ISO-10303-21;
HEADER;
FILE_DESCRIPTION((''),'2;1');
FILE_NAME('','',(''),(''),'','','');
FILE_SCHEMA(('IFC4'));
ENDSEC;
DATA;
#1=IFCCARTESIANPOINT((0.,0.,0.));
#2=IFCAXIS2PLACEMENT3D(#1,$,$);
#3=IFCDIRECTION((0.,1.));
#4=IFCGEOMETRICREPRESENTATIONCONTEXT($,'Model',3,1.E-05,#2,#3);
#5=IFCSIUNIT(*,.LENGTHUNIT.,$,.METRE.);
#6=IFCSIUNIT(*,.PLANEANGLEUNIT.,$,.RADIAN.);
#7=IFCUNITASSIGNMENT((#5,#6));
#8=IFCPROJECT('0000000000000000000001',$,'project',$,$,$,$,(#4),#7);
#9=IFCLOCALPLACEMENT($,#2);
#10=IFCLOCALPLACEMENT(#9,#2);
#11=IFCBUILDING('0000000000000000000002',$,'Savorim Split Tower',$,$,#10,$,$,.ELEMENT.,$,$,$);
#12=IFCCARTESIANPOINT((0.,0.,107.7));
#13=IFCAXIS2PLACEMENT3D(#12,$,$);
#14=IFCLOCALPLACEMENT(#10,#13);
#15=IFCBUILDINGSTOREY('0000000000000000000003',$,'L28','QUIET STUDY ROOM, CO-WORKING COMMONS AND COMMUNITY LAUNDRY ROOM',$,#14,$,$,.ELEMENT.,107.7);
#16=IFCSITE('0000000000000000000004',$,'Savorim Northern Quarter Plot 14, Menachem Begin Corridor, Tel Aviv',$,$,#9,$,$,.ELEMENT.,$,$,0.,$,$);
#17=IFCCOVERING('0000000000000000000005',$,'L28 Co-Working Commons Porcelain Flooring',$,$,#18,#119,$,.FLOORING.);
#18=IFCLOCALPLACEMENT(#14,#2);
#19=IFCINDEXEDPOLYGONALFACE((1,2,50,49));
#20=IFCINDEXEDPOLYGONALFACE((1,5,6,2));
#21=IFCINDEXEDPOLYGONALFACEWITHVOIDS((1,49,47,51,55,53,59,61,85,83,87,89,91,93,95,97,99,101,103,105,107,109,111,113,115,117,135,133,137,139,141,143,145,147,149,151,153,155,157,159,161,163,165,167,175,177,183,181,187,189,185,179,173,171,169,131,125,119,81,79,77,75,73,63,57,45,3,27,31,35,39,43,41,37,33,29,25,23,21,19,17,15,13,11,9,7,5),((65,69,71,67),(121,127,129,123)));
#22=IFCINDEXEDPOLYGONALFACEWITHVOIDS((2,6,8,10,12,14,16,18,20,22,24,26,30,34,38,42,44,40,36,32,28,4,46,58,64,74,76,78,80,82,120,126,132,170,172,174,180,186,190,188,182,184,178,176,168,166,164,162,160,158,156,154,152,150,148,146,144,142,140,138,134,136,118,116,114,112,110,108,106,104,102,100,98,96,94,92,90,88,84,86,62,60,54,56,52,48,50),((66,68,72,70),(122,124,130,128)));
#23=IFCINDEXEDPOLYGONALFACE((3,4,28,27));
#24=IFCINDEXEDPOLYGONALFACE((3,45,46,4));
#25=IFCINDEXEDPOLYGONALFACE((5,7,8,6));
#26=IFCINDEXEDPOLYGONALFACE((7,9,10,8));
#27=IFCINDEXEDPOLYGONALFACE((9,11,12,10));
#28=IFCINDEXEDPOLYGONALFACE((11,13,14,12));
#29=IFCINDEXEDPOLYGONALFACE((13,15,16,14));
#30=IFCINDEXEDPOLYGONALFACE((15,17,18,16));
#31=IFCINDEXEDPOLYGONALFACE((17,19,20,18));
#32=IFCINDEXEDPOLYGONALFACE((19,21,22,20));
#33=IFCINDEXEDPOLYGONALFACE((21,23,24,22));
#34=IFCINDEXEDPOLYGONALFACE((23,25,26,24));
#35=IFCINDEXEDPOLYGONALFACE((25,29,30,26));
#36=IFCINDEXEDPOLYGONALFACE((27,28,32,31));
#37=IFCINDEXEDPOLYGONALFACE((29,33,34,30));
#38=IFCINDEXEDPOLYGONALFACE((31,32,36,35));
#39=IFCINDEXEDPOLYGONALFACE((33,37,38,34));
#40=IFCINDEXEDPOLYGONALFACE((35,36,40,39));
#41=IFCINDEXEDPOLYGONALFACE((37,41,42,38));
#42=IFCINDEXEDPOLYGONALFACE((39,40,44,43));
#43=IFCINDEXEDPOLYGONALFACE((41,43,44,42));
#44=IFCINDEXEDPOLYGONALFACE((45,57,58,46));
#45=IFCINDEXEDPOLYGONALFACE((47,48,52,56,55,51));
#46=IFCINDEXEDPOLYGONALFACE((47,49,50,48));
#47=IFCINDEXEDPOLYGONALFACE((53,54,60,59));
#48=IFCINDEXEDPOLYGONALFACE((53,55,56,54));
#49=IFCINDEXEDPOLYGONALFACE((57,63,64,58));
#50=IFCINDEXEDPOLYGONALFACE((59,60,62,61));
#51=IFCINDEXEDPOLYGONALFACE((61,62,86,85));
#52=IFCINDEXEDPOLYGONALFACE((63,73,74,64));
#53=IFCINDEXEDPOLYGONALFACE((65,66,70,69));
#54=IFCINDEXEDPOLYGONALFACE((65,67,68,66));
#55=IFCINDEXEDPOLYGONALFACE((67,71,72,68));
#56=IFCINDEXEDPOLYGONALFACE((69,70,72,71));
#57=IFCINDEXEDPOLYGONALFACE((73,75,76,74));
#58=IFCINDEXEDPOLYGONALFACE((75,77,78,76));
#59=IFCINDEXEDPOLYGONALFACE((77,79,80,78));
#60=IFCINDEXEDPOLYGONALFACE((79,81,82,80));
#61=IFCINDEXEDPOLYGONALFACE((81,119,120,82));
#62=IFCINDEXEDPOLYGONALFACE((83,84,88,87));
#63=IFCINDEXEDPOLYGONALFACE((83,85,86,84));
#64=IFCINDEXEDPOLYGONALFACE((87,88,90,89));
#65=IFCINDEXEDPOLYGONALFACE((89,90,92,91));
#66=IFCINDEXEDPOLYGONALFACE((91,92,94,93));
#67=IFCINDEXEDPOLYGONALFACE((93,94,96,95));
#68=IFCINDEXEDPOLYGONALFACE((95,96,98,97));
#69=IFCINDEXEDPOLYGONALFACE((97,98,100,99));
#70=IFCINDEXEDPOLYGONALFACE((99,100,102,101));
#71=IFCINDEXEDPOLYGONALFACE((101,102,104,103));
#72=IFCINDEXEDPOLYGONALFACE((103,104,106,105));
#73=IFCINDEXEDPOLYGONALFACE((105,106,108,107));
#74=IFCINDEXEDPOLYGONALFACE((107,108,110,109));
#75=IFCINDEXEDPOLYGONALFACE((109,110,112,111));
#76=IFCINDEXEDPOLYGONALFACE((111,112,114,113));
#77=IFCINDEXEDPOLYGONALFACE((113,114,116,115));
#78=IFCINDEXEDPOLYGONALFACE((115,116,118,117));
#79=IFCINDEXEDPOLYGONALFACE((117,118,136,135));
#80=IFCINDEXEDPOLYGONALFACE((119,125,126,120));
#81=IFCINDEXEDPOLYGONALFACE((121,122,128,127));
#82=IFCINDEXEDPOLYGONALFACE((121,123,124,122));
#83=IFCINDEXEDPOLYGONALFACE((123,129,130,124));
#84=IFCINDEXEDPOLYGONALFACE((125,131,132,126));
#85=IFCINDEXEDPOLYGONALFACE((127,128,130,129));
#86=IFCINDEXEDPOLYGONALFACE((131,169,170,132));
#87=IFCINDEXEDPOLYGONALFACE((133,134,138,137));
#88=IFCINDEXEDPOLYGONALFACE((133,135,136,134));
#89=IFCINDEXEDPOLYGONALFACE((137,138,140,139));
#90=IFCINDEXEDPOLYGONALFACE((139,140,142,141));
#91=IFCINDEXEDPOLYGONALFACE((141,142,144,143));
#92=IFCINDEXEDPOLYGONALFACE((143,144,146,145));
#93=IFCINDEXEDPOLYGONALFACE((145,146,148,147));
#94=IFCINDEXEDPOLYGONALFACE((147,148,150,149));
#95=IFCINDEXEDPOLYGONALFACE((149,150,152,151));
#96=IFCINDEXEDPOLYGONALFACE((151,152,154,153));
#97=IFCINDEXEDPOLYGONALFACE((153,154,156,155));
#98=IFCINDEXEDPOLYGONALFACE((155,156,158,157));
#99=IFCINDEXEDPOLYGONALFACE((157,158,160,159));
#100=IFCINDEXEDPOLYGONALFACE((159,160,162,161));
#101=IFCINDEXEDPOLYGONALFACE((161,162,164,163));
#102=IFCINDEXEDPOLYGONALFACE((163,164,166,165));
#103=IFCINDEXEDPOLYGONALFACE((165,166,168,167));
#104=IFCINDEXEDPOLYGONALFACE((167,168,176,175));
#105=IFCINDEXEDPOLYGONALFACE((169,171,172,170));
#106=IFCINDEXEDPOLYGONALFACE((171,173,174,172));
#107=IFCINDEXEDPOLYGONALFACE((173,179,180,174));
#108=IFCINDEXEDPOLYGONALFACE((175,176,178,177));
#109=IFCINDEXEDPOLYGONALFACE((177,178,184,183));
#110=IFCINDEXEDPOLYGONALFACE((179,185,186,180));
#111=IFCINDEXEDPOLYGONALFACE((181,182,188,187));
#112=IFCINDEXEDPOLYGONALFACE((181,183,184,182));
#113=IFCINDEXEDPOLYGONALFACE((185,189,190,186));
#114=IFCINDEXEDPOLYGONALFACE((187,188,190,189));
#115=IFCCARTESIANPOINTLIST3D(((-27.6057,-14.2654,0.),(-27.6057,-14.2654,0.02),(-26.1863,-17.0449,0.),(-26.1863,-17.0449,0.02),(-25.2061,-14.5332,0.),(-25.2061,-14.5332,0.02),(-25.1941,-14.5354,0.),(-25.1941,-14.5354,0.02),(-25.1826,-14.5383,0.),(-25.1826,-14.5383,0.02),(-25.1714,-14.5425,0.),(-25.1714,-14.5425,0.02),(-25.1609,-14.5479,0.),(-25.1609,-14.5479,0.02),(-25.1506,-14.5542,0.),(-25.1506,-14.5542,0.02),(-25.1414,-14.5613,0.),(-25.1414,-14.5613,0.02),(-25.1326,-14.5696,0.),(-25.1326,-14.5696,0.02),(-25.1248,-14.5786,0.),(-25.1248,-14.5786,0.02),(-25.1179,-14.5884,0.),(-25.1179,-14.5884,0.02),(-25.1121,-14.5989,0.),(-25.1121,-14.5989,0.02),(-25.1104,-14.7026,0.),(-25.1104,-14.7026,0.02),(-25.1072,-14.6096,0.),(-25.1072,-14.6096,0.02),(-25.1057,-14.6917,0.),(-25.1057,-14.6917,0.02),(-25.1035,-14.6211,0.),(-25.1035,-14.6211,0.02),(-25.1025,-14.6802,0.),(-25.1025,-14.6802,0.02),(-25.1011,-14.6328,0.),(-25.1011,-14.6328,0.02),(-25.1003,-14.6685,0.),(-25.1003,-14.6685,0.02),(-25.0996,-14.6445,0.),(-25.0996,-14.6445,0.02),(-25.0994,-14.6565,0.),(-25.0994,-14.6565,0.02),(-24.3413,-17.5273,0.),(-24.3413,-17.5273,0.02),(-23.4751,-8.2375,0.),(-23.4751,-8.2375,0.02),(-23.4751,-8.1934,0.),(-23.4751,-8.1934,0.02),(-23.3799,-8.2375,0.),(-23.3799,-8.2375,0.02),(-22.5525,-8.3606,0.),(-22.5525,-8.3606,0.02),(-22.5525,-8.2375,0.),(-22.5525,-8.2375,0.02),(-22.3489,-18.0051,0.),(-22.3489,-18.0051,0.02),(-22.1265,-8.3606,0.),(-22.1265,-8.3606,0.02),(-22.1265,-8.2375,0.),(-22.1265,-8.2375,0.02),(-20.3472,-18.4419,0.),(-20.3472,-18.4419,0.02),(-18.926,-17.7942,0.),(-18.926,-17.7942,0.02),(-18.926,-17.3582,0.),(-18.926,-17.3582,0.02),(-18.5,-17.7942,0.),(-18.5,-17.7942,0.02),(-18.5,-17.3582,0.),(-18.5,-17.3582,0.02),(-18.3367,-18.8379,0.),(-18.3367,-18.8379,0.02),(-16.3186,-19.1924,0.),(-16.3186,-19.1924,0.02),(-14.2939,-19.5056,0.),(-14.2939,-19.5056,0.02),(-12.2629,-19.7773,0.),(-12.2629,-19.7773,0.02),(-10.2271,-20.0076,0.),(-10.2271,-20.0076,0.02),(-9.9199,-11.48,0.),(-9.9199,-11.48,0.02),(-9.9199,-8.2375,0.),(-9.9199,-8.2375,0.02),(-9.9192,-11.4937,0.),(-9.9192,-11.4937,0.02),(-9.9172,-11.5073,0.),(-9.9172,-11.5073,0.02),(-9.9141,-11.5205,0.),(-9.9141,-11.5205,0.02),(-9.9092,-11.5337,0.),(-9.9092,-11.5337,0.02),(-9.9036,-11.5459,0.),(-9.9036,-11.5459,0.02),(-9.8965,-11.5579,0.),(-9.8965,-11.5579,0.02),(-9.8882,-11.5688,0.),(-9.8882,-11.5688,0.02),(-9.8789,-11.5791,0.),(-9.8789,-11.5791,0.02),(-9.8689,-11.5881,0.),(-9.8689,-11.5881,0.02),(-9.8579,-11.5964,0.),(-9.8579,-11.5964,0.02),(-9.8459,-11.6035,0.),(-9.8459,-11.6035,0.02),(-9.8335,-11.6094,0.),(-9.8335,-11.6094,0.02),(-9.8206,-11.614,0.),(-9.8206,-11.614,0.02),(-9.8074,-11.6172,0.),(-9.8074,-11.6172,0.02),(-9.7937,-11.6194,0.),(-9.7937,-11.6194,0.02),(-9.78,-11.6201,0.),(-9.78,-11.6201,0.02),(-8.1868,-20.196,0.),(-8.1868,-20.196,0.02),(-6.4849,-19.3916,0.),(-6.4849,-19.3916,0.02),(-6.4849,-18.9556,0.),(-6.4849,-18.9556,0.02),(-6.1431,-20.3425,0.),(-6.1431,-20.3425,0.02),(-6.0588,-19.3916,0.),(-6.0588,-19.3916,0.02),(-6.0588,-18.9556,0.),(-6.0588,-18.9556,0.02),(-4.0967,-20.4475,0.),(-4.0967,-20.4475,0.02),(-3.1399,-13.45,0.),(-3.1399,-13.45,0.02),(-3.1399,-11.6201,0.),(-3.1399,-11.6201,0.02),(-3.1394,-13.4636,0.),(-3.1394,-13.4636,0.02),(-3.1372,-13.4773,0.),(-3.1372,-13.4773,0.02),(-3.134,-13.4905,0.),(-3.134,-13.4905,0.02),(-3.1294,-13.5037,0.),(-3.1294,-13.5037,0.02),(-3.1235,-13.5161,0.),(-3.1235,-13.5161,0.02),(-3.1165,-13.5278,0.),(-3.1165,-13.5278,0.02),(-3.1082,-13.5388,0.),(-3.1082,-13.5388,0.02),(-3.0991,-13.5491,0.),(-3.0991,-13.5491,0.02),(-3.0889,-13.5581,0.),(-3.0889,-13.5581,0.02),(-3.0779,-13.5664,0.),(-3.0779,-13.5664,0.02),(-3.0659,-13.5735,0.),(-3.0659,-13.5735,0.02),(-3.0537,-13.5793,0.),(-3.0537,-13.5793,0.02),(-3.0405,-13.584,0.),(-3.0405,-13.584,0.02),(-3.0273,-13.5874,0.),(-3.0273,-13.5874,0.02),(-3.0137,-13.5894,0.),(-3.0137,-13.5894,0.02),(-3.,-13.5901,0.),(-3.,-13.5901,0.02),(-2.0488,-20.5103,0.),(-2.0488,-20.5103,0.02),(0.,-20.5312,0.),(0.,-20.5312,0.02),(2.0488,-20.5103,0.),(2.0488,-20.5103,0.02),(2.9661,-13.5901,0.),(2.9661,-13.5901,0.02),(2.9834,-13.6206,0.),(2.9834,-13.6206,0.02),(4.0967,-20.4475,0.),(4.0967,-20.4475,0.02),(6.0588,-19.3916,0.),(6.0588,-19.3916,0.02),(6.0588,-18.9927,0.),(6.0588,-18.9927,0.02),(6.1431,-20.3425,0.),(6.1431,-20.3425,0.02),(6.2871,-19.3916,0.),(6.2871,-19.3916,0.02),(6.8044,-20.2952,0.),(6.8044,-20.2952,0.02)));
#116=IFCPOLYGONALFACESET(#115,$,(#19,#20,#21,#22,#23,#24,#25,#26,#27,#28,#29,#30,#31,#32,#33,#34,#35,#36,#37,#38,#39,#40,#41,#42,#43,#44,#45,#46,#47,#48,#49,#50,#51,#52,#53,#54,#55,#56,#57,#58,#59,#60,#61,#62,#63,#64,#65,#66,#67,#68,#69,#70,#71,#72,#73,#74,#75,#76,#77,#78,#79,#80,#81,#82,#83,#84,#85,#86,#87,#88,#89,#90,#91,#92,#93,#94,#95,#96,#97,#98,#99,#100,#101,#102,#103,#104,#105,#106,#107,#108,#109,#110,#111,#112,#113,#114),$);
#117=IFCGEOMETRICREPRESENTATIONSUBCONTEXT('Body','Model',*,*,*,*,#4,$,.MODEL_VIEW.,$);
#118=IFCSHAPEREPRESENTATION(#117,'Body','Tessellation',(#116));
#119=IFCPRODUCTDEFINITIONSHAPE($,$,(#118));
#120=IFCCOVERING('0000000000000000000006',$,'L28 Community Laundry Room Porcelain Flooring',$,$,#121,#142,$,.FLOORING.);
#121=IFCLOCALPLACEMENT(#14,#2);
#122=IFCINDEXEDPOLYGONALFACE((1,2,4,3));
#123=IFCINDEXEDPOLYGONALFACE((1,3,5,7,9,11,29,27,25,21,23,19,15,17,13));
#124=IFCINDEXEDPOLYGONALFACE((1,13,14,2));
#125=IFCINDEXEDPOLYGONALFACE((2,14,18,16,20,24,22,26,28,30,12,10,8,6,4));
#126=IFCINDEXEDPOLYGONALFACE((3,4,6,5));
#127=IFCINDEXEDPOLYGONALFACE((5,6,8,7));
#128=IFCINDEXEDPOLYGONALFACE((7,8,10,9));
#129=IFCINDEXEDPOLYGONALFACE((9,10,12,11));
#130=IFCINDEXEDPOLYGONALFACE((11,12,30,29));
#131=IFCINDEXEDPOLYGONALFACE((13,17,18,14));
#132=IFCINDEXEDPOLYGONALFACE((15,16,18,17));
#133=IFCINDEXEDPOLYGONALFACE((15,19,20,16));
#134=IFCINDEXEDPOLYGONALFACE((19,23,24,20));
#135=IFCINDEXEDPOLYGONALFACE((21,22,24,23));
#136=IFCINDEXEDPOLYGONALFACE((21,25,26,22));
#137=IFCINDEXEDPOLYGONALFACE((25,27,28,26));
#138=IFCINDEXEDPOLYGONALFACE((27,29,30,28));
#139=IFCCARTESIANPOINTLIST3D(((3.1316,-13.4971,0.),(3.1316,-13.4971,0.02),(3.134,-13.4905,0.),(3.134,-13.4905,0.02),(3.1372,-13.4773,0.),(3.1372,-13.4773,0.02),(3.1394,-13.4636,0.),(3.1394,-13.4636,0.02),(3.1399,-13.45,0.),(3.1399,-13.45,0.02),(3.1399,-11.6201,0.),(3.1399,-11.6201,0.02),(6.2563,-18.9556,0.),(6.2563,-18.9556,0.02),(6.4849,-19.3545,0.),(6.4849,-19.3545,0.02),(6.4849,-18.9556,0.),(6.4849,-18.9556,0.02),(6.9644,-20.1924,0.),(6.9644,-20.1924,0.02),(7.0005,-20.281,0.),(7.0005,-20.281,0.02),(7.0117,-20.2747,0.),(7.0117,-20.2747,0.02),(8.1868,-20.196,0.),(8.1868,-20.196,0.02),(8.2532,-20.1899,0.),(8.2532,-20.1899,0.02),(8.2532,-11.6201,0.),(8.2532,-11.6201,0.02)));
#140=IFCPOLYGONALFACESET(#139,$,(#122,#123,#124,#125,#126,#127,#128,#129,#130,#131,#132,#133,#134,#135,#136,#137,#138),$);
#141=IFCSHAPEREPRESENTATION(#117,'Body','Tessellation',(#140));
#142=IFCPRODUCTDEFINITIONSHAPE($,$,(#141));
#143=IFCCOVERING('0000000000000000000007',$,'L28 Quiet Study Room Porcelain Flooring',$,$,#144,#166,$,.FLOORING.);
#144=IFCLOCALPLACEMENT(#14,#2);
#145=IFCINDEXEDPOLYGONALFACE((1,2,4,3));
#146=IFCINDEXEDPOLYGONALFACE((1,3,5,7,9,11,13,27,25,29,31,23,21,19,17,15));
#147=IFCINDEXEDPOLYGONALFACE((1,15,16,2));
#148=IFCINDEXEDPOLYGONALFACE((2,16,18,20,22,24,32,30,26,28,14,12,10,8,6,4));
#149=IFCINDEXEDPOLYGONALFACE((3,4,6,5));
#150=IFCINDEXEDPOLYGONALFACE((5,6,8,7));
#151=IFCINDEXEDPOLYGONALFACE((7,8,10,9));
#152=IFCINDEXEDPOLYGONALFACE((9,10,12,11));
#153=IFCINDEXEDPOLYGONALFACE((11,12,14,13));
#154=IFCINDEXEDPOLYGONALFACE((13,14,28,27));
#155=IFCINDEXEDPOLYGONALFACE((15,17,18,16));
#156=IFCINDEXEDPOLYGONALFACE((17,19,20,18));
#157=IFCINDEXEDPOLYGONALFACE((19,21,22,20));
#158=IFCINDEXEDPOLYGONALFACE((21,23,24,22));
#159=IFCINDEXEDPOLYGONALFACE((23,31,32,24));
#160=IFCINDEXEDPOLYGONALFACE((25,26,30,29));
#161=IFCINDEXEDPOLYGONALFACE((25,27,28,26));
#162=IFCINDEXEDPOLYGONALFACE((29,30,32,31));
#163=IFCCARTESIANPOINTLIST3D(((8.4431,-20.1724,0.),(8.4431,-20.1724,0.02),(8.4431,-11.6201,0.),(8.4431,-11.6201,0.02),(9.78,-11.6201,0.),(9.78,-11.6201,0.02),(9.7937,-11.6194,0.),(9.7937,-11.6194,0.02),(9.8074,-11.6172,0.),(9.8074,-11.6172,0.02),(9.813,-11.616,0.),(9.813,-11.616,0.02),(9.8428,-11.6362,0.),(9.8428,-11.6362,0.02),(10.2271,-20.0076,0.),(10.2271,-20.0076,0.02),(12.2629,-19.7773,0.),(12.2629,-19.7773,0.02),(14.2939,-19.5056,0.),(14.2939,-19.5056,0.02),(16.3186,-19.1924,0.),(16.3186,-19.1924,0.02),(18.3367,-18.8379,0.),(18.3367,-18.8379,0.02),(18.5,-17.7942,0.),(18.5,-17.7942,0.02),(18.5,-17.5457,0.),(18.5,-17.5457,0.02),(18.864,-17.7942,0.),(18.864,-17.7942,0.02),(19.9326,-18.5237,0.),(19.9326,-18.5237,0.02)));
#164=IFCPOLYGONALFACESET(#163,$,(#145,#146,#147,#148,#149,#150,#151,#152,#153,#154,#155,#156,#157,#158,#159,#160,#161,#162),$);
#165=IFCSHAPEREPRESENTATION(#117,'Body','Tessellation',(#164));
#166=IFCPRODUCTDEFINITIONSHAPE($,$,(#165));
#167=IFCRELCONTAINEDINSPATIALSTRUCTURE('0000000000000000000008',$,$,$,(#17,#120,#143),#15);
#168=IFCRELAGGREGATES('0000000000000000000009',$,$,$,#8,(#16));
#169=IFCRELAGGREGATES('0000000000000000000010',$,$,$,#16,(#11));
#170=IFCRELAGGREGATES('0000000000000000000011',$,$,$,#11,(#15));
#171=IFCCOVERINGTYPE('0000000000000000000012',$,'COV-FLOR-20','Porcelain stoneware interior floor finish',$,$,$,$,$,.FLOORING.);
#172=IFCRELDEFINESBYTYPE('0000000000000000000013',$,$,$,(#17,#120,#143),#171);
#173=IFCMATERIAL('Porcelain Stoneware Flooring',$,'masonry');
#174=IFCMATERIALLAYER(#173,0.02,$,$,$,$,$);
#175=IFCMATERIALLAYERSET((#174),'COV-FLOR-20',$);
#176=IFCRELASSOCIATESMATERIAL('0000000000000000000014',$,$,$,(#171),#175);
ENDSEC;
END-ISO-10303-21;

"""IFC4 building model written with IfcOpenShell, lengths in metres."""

from ifc_helpers import new_model, si_unit, direction, frame, origin, place, context, subcontext, project, spatial, polyline, outline, extrude, material, layer, layer_set, type_object, element, save


model = new_model("IFC4")

# Units and contexts
model_context = context("Model", 3, precision=1e-05, world=origin(), true_north=direction((0.0, 1.0)))
body_context = subcontext(model_context, "Body", "Model", "MODEL_VIEW")
ifc_project = project(units=[si_unit("LENGTHUNIT", "METRE"), si_unit("PLANEANGLEUNIT", "RADIAN")], contexts=[model_context])

# Site, building, storey
site_placement = place(None, origin())
site = spatial("IfcSite", under=ifc_project, at=site_placement, Name="Savorim Northern Quarter Plot 14, Menachem Begin Corridor, Tel Aviv", CompositionType="ELEMENT", RefElevation=0.0)
building_placement = place(site_placement, origin())
building = spatial("IfcBuilding", under=site, at=building_placement, Name="Savorim Split Tower", CompositionType="ELEMENT")
storey_placement = place(building_placement, frame((0.0, 0.0, 107.7)))
storey = spatial("IfcBuildingStorey", under=building, at=storey_placement, Name="L28", Description="QUIET STUDY ROOM, CO-WORKING COMMONS AND COMMUNITY LAUNDRY ROOM", CompositionType="ELEMENT", Elevation=107.7)

# Coverings
ifc_material_1 = material(Name="Porcelain Stoneware Flooring", Category="masonry")
ifc_layer_1 = layer(ifc_material_1, 0.02)
ifc_layer_set_1 = layer_set([ifc_layer_1], Name="COV-FLOR-20")
covering_type_1 = type_object("IfcCoveringType", Name="COV-FLOR-20", Description="Porcelain stoneware interior floor finish", PredefinedType="FLOORING", material=ifc_layer_set_1)
covering_1_placement = place(storey_placement, origin())
element("IfcCovering", 1, at=covering_1_placement, inside=storey, type_object=covering_type_1, Name="L28 Co-Working Commons Porcelain Flooring", PredefinedType="FLOORING", context=body_context, shape_type="SweptSolid", body=[
    extrude(outline(polyline([(-25.0996, -14.6445), (-25.0994, -14.6565), (-25.1003, -14.6685), (-25.1025, -14.6802), (-25.1057, -14.6917), (-25.1104, -14.7026), (-26.1863, -17.0449), (-24.3413, -17.5273), (-22.3489, -18.0051), (-20.3472, -18.4419), (-18.3367, -18.8379), (-16.3186, -19.1924), (-14.2939, -19.5056), (-12.2629, -19.7773), (-10.2271, -20.0076), (-8.1868, -20.196), (-6.1431, -20.3425), (-4.0967, -20.4475), (-2.0488, -20.5103), (0.0, -20.5312), (2.0488, -20.5103), (4.0967, -20.4475), (6.1431, -20.3425), (6.8044, -20.2952), (6.2871, -19.3916), (6.0588, -19.3916), (6.0588, -18.9927), (2.9834, -13.6206), (2.9661, -13.5901), (-3.0, -13.5901), (-3.0137, -13.5894), (-3.0273, -13.5874), (-3.0405, -13.584), (-3.0537, -13.5793), (-3.0659, -13.5735), (-3.0779, -13.5664), (-3.0889, -13.5581), (-3.0991, -13.5491), (-3.1082, -13.5388), (-3.1165, -13.5278), (-3.1235, -13.5161), (-3.1294, -13.5037), (-3.134, -13.4905), (-3.1372, -13.4773), (-3.1394, -13.4636), (-3.1399, -13.45), (-3.1399, -11.6201), (-9.78, -11.6201), (-9.7937, -11.6194), (-9.8074, -11.6172), (-9.8206, -11.614), (-9.8335, -11.6094), (-9.8459, -11.6035), (-9.8579, -11.5964), (-9.8689, -11.5881), (-9.8789, -11.5791), (-9.8882, -11.5688), (-9.8965, -11.5579), (-9.9036, -11.5459), (-9.9092, -11.5337), (-9.9141, -11.5205), (-9.9172, -11.5073), (-9.9192, -11.4937), (-9.9199, -11.48), (-9.9199, -8.2375), (-22.1265, -8.2375), (-22.1265, -8.3606), (-22.5525, -8.3606), (-22.5525, -8.2375), (-23.3799, -8.2375), (-23.4751, -8.2375), (-23.4751, -8.1934), (-27.6057, -14.2654), (-25.2061, -14.5332), (-25.1941, -14.5354), (-25.1826, -14.5383), (-25.1714, -14.5425), (-25.1609, -14.5479), (-25.1506, -14.5542), (-25.1414, -14.5613), (-25.1326, -14.5696), (-25.1248, -14.5786), (-25.1179, -14.5884), (-25.1121, -14.5989), (-25.1072, -14.6096), (-25.1035, -14.6211), (-25.1011, -14.6328), (-25.0996, -14.6445)]), holes=[polyline([(-18.926, -17.7942), (-18.5, -17.7942), (-18.5, -17.3582), (-18.926, -17.3582), (-18.926, -17.7942)]), polyline([(-6.4849, -19.3916), (-6.0588, -19.3916), (-6.0588, -18.9556), (-6.4849, -18.9556), (-6.4849, -19.3916)])]), origin(), (0.0, 0.0, 1.0), 0.02),
])
covering_2_placement = place(storey_placement, origin())
element("IfcCovering", 2, at=covering_2_placement, inside=storey, type_object=covering_type_1, Name="L28 Community Laundry Room Porcelain Flooring", PredefinedType="FLOORING", context=body_context, shape_type="SweptSolid", body=[
    extrude(outline(polyline([(7.0117, -20.2747), (7.0005, -20.281), (8.1868, -20.196), (8.2532, -20.1899), (8.2532, -11.6201), (3.1399, -11.6201), (3.1399, -13.45), (3.1394, -13.4636), (3.1372, -13.4773), (3.134, -13.4905), (3.1316, -13.4971), (6.2563, -18.9556), (6.4849, -18.9556), (6.4849, -19.3545), (6.9644, -20.1924), (7.0117, -20.2747)])), origin(), (0.0, 0.0, 1.0), 0.02),
])
covering_3_placement = place(storey_placement, origin())
element("IfcCovering", 3, at=covering_3_placement, inside=storey, type_object=covering_type_1, Name="L28 Quiet Study Room Porcelain Flooring", PredefinedType="FLOORING", context=body_context, shape_type="SweptSolid", body=[
    extrude(outline(polyline([(12.2629, -19.7773), (14.2939, -19.5056), (16.3186, -19.1924), (18.3367, -18.8379), (19.9326, -18.5237), (18.864, -17.7942), (18.5, -17.7942), (18.5, -17.5457), (9.8428, -11.6362), (9.813, -11.616), (9.8074, -11.6172), (9.7937, -11.6194), (9.78, -11.6201), (8.4431, -11.6201), (8.4431, -20.1724), (10.2271, -20.0076), (12.2629, -19.7773)])), origin(), (0.0, 0.0, 1.0), 0.02),
])

save(model, "model.ifc")
